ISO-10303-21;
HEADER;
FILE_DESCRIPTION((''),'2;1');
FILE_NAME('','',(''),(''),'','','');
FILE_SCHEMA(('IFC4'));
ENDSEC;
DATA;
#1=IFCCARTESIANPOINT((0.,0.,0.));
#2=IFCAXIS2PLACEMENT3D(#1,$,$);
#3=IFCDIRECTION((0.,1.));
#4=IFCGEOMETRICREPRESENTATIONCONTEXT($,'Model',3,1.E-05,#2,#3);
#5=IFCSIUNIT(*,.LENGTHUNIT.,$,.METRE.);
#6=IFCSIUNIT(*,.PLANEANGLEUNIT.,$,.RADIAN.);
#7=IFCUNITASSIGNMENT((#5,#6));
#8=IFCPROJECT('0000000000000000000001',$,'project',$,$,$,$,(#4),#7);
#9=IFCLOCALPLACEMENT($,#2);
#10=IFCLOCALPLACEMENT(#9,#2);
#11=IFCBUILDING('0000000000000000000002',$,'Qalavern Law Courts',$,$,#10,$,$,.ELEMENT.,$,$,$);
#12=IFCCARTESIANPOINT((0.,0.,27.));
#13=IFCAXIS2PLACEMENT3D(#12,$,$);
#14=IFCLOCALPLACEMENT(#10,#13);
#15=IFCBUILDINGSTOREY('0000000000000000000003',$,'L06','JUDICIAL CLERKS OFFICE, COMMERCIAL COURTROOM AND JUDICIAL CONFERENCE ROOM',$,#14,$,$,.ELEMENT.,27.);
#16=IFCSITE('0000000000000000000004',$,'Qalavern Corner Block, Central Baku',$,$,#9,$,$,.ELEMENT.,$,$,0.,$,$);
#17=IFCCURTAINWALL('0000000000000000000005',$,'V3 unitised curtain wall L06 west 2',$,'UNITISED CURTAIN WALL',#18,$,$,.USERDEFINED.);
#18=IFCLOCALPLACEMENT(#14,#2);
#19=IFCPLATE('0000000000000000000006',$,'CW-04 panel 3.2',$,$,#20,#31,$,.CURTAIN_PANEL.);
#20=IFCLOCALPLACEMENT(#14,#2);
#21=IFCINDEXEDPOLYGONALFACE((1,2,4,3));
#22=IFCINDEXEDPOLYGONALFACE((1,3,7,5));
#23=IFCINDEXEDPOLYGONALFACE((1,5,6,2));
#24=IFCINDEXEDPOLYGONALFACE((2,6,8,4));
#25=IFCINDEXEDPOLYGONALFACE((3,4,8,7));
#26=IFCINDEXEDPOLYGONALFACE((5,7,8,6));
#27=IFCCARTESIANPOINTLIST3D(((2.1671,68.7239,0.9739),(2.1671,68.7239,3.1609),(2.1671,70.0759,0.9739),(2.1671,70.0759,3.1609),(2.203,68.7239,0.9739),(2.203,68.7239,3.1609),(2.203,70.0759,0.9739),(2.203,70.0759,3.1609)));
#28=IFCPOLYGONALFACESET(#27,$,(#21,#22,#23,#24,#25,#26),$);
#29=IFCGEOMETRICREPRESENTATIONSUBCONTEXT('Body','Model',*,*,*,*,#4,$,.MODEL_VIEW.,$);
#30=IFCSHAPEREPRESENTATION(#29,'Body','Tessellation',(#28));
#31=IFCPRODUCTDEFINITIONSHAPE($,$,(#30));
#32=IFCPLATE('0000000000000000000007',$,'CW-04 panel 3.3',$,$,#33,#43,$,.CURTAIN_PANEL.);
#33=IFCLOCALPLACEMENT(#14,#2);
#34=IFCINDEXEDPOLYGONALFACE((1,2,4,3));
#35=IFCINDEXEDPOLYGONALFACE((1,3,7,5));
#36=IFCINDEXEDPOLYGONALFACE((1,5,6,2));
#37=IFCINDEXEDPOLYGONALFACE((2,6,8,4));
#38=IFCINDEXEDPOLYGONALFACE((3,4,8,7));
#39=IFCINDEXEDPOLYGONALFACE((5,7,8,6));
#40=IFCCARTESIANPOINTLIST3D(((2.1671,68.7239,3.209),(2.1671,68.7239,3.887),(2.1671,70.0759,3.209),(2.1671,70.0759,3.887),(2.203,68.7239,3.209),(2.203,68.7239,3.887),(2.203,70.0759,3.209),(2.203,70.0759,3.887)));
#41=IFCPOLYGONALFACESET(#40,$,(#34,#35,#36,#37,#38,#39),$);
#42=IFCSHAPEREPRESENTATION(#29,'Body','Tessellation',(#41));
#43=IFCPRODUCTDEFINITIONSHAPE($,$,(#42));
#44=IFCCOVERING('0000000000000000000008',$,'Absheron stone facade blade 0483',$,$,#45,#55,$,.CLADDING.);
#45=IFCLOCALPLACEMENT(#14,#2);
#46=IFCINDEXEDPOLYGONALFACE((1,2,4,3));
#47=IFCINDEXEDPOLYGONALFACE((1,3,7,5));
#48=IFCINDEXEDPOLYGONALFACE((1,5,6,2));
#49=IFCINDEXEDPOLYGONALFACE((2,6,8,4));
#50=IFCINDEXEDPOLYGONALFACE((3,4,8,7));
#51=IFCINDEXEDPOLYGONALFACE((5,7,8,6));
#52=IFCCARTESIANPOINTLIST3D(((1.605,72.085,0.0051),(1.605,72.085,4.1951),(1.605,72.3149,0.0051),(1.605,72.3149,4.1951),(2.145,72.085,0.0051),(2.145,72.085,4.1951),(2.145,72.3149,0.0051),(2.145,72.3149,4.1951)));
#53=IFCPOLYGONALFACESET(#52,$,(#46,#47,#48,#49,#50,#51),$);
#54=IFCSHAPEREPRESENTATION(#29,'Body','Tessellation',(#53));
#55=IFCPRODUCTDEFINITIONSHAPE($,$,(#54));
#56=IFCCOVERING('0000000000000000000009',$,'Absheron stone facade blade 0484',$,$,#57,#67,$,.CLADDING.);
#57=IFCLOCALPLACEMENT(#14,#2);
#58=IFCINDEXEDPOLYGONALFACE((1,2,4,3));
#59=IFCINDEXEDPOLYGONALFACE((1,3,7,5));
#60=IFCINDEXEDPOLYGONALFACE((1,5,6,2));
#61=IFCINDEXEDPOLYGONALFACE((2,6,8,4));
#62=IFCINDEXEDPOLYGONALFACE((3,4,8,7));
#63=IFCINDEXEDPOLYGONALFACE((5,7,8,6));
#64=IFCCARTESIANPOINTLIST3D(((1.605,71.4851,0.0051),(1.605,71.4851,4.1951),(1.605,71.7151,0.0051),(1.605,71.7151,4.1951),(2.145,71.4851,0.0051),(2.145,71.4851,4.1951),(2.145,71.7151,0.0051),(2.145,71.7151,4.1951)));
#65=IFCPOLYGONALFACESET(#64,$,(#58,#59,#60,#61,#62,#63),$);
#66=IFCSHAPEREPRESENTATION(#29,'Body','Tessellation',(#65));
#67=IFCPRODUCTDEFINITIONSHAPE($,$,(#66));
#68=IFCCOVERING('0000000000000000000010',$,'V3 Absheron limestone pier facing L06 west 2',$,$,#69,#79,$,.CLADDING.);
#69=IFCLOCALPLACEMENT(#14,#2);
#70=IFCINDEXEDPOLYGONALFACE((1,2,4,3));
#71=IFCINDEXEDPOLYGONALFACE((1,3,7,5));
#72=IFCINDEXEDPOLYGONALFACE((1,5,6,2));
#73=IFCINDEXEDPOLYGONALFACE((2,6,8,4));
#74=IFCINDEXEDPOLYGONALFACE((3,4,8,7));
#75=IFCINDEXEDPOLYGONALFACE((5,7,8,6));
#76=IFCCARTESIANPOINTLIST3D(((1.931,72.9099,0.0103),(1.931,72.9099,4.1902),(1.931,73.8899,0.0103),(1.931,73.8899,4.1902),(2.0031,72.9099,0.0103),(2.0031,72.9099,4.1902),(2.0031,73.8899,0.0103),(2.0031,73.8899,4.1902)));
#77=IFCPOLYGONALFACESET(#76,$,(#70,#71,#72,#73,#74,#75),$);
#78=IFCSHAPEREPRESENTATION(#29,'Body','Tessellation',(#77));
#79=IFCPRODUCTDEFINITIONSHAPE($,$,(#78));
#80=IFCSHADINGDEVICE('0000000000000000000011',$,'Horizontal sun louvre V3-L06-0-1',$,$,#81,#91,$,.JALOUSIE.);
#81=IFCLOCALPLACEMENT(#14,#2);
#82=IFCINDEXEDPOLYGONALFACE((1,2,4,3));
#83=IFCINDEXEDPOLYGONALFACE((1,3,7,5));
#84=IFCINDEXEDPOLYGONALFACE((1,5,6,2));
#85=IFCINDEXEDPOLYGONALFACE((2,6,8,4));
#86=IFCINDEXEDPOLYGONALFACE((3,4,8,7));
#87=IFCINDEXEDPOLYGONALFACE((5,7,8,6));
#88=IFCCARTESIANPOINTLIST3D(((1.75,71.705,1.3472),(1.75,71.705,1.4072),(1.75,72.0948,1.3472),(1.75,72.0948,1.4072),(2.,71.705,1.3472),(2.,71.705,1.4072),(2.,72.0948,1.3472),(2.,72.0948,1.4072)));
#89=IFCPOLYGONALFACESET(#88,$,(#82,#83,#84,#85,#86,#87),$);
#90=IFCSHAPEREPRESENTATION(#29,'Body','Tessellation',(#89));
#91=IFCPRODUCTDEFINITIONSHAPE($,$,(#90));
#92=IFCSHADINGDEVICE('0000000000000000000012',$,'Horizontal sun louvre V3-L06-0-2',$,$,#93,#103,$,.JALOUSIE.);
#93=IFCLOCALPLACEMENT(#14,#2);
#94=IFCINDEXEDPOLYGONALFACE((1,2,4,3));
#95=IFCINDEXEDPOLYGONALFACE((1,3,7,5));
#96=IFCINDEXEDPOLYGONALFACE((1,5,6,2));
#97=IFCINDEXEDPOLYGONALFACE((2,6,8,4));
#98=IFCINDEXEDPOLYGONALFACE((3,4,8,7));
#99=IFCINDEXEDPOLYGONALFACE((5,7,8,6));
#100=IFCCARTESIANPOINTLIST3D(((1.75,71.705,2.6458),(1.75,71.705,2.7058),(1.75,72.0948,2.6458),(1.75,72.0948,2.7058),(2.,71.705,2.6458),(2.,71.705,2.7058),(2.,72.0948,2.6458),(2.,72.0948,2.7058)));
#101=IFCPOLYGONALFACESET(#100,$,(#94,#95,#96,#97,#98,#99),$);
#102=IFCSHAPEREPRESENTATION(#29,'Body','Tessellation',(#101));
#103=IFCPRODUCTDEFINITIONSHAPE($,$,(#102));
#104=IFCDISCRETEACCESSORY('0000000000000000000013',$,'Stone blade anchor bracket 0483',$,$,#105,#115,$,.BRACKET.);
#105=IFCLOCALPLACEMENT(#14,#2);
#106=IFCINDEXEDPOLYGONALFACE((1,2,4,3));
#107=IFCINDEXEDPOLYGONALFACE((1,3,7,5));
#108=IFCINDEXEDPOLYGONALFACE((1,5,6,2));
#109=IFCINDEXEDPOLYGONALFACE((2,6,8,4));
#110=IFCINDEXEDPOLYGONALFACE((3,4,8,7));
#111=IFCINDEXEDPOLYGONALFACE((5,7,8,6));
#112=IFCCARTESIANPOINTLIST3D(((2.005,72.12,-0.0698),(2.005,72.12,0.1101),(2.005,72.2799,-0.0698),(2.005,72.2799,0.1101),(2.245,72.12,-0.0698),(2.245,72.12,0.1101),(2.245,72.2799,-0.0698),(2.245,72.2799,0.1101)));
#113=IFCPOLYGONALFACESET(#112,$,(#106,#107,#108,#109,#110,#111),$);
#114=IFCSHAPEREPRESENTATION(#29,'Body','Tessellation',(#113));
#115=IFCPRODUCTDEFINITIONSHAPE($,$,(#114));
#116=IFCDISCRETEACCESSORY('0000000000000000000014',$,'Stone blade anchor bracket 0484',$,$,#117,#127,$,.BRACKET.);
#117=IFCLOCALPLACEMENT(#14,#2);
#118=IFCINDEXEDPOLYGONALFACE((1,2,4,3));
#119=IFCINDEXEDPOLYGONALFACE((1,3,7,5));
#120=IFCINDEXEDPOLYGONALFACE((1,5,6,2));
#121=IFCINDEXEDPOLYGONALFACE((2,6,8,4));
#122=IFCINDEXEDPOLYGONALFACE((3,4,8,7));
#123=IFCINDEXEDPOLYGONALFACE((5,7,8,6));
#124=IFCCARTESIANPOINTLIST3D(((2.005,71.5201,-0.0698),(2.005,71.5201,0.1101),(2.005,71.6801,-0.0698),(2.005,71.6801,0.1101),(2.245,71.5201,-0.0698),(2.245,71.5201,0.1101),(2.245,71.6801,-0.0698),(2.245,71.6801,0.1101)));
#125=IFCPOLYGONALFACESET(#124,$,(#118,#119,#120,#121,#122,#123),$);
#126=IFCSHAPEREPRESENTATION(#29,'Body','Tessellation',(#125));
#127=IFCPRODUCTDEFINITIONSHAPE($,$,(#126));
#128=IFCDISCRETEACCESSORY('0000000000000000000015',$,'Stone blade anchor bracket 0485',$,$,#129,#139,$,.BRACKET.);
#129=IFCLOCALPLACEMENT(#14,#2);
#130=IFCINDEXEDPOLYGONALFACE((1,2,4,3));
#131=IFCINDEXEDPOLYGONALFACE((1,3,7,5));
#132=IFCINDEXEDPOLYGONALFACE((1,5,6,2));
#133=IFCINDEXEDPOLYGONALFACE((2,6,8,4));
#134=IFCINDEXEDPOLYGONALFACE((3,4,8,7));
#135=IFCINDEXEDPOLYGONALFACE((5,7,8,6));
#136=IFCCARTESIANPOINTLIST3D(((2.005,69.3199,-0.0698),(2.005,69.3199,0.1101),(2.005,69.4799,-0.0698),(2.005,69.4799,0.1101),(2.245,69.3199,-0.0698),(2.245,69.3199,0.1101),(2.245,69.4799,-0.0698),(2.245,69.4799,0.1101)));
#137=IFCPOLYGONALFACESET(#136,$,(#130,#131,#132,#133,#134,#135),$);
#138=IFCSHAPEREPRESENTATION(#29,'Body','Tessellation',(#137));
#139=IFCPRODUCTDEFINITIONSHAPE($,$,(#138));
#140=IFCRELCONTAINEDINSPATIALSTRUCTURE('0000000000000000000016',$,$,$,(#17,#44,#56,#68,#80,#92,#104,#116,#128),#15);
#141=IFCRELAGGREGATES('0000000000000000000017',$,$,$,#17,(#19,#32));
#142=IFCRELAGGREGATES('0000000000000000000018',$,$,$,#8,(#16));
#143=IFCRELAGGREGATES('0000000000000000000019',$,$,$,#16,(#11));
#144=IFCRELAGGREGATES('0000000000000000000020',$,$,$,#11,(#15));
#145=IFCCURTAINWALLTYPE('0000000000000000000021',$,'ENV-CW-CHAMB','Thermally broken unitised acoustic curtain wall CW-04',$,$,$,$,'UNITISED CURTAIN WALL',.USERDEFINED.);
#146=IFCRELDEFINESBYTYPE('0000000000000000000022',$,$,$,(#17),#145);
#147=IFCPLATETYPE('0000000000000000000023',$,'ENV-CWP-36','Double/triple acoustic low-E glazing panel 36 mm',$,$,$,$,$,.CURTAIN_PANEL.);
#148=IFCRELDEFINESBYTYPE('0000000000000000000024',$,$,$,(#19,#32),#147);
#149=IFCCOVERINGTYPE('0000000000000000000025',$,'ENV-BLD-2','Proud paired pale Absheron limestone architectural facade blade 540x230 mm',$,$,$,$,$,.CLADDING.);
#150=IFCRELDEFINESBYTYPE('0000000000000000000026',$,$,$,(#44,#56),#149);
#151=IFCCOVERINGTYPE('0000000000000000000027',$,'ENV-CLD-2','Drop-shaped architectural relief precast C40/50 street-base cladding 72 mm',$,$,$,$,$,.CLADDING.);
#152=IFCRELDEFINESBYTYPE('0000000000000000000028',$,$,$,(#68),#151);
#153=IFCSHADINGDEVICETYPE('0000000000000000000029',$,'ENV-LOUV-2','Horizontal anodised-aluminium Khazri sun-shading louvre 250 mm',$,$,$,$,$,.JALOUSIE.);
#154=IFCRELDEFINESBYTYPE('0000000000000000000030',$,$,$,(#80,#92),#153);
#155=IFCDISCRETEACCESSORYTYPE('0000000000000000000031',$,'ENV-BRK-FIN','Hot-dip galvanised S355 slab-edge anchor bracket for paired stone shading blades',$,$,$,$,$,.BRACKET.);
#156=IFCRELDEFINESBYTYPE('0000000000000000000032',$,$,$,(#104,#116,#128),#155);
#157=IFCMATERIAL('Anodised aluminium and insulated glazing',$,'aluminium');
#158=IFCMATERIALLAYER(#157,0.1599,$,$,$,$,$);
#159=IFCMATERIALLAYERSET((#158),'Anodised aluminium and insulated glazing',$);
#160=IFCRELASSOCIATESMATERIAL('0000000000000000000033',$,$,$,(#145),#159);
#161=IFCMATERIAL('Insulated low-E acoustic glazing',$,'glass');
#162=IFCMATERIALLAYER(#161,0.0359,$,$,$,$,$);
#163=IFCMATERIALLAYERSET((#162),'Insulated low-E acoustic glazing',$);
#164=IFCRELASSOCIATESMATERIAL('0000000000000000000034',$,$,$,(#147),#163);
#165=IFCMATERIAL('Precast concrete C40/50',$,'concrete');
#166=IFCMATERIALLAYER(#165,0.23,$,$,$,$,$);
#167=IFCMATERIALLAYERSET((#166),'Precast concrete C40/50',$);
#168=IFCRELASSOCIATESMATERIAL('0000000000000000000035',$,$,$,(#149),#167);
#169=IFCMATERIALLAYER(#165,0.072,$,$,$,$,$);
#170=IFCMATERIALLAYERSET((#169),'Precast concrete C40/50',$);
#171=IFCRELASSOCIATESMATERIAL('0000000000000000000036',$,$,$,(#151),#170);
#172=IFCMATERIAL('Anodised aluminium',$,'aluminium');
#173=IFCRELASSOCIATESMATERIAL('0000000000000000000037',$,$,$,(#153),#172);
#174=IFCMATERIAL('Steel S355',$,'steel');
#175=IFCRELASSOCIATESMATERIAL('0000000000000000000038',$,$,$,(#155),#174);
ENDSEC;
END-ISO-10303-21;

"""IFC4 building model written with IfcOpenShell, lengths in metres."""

from ifc_helpers import new_model, si_unit, direction, frame, origin, origin_2d, place, context, subcontext, project, spatial, rectangle, extrude, material, layer, layer_set, type_object, element, aggregate, save


model = new_model("IFC4")

# Units and contexts
model_context = context("Model", 3, precision=1e-05, world=origin(), true_north=direction((0.0, 1.0)))
body_context = subcontext(model_context, "Body", "Model", "MODEL_VIEW")
ifc_project = project(units=[si_unit("LENGTHUNIT", "METRE"), si_unit("PLANEANGLEUNIT", "RADIAN")], contexts=[model_context])

# Site, building, storey
site_placement = place(None, origin())
site = spatial("IfcSite", under=ifc_project, at=site_placement, Name="Qalavern Corner Block, Central Baku", CompositionType="ELEMENT", RefElevation=0.0)
building_placement = place(site_placement, origin())
building = spatial("IfcBuilding", under=site, at=building_placement, Name="Qalavern Law Courts", CompositionType="ELEMENT")
storey_placement = place(building_placement, frame((0.0, 0.0, 27.0)))
storey = spatial("IfcBuildingStorey", under=building, at=storey_placement, Name="L06", Description="JUDICIAL CLERKS OFFICE, COMMERCIAL COURTROOM AND JUDICIAL CONFERENCE ROOM", CompositionType="ELEMENT", Elevation=27.0)

# Curtain wall
ifc_material_1 = material(Name="Anodised aluminium and insulated glazing", Category="aluminium")
ifc_layer_1 = layer(ifc_material_1, 0.1599)
ifc_layer_set_1 = layer_set([ifc_layer_1], Name="Anodised aluminium and insulated glazing")
curtain_wall_type = type_object("IfcCurtainWallType", Name="ENV-CW-CHAMB", Description="Thermally broken unitised acoustic curtain wall CW-04", ElementType="UNITISED CURTAIN WALL", PredefinedType="USERDEFINED", material=ifc_layer_set_1)
curtain_wall_placement = place(storey_placement, origin())
curtain_wall = element("IfcCurtainWall", 1, at=curtain_wall_placement, inside=storey, type_object=curtain_wall_type, Name="V3 unitised curtain wall L06 west 2", ObjectType="UNITISED CURTAIN WALL", PredefinedType="USERDEFINED")
ifc_material_2 = material(Name="Anodised aluminium", Category="aluminium")

# Plates
ifc_material_3 = material(Name="Insulated low-E acoustic glazing", Category="glass")
ifc_layer_2 = layer(ifc_material_3, 0.0359)
ifc_layer_set_2 = layer_set([ifc_layer_2], Name="Insulated low-E acoustic glazing")
plate_type = type_object("IfcPlateType", Name="ENV-CWP-36", Description="Double/triple acoustic low-E glazing panel 36 mm", PredefinedType="CURTAIN_PANEL", material=ifc_layer_set_2)
plate_1_placement = place(storey_placement, frame((2.1851, 69.3999, 0.9739), z_axis=(0.0, 0.0, 1.0), x_axis=(0.0, -1.0, 0.0)))
plate_1 = element("IfcPlate", 2, at=plate_1_placement, type_object=plate_type, Name="CW-04 panel 3.2", PredefinedType="CURTAIN_PANEL", context=body_context, shape_type="SweptSolid", body=[
    extrude(rectangle(XDim=1.3521, YDim=0.0359, at=origin_2d()), origin(), (0.0, 0.0, 1.0), 2.187),
])
plate_2_placement = place(storey_placement, frame((2.1851, 69.3999, 3.209), z_axis=(0.0, 0.0, 1.0), x_axis=(0.0, -1.0, 0.0)))
plate_2 = element("IfcPlate", 3, at=plate_2_placement, type_object=plate_type, Name="CW-04 panel 3.3", PredefinedType="CURTAIN_PANEL", context=body_context, shape_type="SweptSolid", body=[
    extrude(rectangle(XDim=1.3521, YDim=0.0359, at=origin_2d()), origin(), (0.0, 0.0, 1.0), 0.678),
])
aggregate(curtain_wall, [plate_1, plate_2])

# Coverings
ifc_material_4 = material(Name="Precast concrete C40/50", Category="concrete")
ifc_layer_3 = layer(ifc_material_4, 0.23)
ifc_layer_set_3 = layer_set([ifc_layer_3], Name="Precast concrete C40/50")
covering_type_1 = type_object("IfcCoveringType", Name="ENV-BLD-2", Description="Proud paired pale Absheron limestone architectural facade blade 540x230 mm", PredefinedType="CLADDING", material=ifc_layer_set_3)
for number, where, z_axis, x_axis, name in (
    (4, (1.875, 72.2, 0.0051), (0.0, 0.0, 1.0), (-1.0, 0.0, 0.0), "Absheron stone facade blade 0483"),
    (5, (1.875, 71.6001, 0.0051), (0.0, 0.0, 1.0), (-1.0, 0.0, 0.0), "Absheron stone facade blade 0484"),
):
    element("IfcCovering", number, at=place(storey_placement, frame(where, z_axis=z_axis, x_axis=x_axis)), inside=storey, type_object=covering_type_1, Name=name, PredefinedType="CLADDING", context=body_context, shape_type="SweptSolid", body=[
        extrude(rectangle(XDim=0.54, YDim=0.23, at=origin_2d()), origin(), (0.0, 0.0, 1.0), 4.1899),
    ])
ifc_layer_4 = layer(ifc_material_4, 0.072)
ifc_layer_set_4 = layer_set([ifc_layer_4], Name="Precast concrete C40/50")
covering_type_2 = type_object("IfcCoveringType", Name="ENV-CLD-2", Description="Drop-shaped architectural relief precast C40/50 street-base cladding 72 mm", PredefinedType="CLADDING", material=ifc_layer_set_4)
covering_placement = place(storey_placement, frame((1.967, 73.3999, 0.0103), z_axis=(0.0, 0.0, 1.0), x_axis=(0.0, -1.0, 0.0)))
element("IfcCovering", 6, at=covering_placement, inside=storey, type_object=covering_type_2, Name="V3 Absheron limestone pier facing L06 west 2", PredefinedType="CLADDING", context=body_context, shape_type="SweptSolid", body=[
    extrude(rectangle(XDim=0.98, YDim=0.072, at=origin_2d()), origin(), (0.0, 0.0, 1.0), 4.1799),
])

# Shading devices
shading_device_type = type_object("IfcShadingDeviceType", Name="ENV-LOUV-2", Description="Horizontal anodised-aluminium Khazri sun-shading louvre 250 mm", PredefinedType="JALOUSIE", material=ifc_material_2)
for number, where, z_axis, x_axis, name in (
    (7, (1.875, 71.8999, 1.3472), (0.0, 0.0, 1.0), (0.0, -1.0, 0.0), "Horizontal sun louvre V3-L06-0-1"),
    (8, (1.875, 71.8999, 2.6458), (0.0, 0.0, 1.0), (0.0, -1.0, 0.0), "Horizontal sun louvre V3-L06-0-2"),
):
    element("IfcShadingDevice", number, at=place(storey_placement, frame(where, z_axis=z_axis, x_axis=x_axis)), inside=storey, type_object=shading_device_type, Name=name, PredefinedType="JALOUSIE", context=body_context, shape_type="SweptSolid", body=[
        extrude(rectangle(XDim=0.3899, YDim=0.25, at=origin_2d()), origin(), (0.0, 0.0, 1.0), 0.0601),
    ])

# Discrete accessories
ifc_material_5 = material(Name="Steel S355", Category="steel")
discrete_accessory_type = type_object("IfcDiscreteAccessoryType", Name="ENV-BRK-FIN", Description="Hot-dip galvanised S355 slab-edge anchor bracket for paired stone shading blades", PredefinedType="BRACKET", material=ifc_material_5)
for number, where, z_axis, x_axis, name in (
    (9, (2.125, 72.2, -0.0698), (0.0, 0.0, 1.0), (-1.0, 0.0, 0.0), "Stone blade anchor bracket 0483"),
    (10, (2.125, 71.6001, -0.0698), (0.0, 0.0, 1.0), (-1.0, 0.0, 0.0), "Stone blade anchor bracket 0484"),
    (11, (2.125, 69.3999, -0.0698), (0.0, 0.0, 1.0), (-1.0, 0.0, 0.0), "Stone blade anchor bracket 0485"),
):
    element("IfcDiscreteAccessory", number, at=place(storey_placement, frame(where, z_axis=z_axis, x_axis=x_axis)), inside=storey, type_object=discrete_accessory_type, Name=name, PredefinedType="BRACKET", context=body_context, shape_type="SweptSolid", body=[
        extrude(rectangle(XDim=0.24, YDim=0.1599, at=origin_2d()), origin(), (0.0, 0.0, 1.0), 0.1799),
    ])

save(model, "model.ifc")
